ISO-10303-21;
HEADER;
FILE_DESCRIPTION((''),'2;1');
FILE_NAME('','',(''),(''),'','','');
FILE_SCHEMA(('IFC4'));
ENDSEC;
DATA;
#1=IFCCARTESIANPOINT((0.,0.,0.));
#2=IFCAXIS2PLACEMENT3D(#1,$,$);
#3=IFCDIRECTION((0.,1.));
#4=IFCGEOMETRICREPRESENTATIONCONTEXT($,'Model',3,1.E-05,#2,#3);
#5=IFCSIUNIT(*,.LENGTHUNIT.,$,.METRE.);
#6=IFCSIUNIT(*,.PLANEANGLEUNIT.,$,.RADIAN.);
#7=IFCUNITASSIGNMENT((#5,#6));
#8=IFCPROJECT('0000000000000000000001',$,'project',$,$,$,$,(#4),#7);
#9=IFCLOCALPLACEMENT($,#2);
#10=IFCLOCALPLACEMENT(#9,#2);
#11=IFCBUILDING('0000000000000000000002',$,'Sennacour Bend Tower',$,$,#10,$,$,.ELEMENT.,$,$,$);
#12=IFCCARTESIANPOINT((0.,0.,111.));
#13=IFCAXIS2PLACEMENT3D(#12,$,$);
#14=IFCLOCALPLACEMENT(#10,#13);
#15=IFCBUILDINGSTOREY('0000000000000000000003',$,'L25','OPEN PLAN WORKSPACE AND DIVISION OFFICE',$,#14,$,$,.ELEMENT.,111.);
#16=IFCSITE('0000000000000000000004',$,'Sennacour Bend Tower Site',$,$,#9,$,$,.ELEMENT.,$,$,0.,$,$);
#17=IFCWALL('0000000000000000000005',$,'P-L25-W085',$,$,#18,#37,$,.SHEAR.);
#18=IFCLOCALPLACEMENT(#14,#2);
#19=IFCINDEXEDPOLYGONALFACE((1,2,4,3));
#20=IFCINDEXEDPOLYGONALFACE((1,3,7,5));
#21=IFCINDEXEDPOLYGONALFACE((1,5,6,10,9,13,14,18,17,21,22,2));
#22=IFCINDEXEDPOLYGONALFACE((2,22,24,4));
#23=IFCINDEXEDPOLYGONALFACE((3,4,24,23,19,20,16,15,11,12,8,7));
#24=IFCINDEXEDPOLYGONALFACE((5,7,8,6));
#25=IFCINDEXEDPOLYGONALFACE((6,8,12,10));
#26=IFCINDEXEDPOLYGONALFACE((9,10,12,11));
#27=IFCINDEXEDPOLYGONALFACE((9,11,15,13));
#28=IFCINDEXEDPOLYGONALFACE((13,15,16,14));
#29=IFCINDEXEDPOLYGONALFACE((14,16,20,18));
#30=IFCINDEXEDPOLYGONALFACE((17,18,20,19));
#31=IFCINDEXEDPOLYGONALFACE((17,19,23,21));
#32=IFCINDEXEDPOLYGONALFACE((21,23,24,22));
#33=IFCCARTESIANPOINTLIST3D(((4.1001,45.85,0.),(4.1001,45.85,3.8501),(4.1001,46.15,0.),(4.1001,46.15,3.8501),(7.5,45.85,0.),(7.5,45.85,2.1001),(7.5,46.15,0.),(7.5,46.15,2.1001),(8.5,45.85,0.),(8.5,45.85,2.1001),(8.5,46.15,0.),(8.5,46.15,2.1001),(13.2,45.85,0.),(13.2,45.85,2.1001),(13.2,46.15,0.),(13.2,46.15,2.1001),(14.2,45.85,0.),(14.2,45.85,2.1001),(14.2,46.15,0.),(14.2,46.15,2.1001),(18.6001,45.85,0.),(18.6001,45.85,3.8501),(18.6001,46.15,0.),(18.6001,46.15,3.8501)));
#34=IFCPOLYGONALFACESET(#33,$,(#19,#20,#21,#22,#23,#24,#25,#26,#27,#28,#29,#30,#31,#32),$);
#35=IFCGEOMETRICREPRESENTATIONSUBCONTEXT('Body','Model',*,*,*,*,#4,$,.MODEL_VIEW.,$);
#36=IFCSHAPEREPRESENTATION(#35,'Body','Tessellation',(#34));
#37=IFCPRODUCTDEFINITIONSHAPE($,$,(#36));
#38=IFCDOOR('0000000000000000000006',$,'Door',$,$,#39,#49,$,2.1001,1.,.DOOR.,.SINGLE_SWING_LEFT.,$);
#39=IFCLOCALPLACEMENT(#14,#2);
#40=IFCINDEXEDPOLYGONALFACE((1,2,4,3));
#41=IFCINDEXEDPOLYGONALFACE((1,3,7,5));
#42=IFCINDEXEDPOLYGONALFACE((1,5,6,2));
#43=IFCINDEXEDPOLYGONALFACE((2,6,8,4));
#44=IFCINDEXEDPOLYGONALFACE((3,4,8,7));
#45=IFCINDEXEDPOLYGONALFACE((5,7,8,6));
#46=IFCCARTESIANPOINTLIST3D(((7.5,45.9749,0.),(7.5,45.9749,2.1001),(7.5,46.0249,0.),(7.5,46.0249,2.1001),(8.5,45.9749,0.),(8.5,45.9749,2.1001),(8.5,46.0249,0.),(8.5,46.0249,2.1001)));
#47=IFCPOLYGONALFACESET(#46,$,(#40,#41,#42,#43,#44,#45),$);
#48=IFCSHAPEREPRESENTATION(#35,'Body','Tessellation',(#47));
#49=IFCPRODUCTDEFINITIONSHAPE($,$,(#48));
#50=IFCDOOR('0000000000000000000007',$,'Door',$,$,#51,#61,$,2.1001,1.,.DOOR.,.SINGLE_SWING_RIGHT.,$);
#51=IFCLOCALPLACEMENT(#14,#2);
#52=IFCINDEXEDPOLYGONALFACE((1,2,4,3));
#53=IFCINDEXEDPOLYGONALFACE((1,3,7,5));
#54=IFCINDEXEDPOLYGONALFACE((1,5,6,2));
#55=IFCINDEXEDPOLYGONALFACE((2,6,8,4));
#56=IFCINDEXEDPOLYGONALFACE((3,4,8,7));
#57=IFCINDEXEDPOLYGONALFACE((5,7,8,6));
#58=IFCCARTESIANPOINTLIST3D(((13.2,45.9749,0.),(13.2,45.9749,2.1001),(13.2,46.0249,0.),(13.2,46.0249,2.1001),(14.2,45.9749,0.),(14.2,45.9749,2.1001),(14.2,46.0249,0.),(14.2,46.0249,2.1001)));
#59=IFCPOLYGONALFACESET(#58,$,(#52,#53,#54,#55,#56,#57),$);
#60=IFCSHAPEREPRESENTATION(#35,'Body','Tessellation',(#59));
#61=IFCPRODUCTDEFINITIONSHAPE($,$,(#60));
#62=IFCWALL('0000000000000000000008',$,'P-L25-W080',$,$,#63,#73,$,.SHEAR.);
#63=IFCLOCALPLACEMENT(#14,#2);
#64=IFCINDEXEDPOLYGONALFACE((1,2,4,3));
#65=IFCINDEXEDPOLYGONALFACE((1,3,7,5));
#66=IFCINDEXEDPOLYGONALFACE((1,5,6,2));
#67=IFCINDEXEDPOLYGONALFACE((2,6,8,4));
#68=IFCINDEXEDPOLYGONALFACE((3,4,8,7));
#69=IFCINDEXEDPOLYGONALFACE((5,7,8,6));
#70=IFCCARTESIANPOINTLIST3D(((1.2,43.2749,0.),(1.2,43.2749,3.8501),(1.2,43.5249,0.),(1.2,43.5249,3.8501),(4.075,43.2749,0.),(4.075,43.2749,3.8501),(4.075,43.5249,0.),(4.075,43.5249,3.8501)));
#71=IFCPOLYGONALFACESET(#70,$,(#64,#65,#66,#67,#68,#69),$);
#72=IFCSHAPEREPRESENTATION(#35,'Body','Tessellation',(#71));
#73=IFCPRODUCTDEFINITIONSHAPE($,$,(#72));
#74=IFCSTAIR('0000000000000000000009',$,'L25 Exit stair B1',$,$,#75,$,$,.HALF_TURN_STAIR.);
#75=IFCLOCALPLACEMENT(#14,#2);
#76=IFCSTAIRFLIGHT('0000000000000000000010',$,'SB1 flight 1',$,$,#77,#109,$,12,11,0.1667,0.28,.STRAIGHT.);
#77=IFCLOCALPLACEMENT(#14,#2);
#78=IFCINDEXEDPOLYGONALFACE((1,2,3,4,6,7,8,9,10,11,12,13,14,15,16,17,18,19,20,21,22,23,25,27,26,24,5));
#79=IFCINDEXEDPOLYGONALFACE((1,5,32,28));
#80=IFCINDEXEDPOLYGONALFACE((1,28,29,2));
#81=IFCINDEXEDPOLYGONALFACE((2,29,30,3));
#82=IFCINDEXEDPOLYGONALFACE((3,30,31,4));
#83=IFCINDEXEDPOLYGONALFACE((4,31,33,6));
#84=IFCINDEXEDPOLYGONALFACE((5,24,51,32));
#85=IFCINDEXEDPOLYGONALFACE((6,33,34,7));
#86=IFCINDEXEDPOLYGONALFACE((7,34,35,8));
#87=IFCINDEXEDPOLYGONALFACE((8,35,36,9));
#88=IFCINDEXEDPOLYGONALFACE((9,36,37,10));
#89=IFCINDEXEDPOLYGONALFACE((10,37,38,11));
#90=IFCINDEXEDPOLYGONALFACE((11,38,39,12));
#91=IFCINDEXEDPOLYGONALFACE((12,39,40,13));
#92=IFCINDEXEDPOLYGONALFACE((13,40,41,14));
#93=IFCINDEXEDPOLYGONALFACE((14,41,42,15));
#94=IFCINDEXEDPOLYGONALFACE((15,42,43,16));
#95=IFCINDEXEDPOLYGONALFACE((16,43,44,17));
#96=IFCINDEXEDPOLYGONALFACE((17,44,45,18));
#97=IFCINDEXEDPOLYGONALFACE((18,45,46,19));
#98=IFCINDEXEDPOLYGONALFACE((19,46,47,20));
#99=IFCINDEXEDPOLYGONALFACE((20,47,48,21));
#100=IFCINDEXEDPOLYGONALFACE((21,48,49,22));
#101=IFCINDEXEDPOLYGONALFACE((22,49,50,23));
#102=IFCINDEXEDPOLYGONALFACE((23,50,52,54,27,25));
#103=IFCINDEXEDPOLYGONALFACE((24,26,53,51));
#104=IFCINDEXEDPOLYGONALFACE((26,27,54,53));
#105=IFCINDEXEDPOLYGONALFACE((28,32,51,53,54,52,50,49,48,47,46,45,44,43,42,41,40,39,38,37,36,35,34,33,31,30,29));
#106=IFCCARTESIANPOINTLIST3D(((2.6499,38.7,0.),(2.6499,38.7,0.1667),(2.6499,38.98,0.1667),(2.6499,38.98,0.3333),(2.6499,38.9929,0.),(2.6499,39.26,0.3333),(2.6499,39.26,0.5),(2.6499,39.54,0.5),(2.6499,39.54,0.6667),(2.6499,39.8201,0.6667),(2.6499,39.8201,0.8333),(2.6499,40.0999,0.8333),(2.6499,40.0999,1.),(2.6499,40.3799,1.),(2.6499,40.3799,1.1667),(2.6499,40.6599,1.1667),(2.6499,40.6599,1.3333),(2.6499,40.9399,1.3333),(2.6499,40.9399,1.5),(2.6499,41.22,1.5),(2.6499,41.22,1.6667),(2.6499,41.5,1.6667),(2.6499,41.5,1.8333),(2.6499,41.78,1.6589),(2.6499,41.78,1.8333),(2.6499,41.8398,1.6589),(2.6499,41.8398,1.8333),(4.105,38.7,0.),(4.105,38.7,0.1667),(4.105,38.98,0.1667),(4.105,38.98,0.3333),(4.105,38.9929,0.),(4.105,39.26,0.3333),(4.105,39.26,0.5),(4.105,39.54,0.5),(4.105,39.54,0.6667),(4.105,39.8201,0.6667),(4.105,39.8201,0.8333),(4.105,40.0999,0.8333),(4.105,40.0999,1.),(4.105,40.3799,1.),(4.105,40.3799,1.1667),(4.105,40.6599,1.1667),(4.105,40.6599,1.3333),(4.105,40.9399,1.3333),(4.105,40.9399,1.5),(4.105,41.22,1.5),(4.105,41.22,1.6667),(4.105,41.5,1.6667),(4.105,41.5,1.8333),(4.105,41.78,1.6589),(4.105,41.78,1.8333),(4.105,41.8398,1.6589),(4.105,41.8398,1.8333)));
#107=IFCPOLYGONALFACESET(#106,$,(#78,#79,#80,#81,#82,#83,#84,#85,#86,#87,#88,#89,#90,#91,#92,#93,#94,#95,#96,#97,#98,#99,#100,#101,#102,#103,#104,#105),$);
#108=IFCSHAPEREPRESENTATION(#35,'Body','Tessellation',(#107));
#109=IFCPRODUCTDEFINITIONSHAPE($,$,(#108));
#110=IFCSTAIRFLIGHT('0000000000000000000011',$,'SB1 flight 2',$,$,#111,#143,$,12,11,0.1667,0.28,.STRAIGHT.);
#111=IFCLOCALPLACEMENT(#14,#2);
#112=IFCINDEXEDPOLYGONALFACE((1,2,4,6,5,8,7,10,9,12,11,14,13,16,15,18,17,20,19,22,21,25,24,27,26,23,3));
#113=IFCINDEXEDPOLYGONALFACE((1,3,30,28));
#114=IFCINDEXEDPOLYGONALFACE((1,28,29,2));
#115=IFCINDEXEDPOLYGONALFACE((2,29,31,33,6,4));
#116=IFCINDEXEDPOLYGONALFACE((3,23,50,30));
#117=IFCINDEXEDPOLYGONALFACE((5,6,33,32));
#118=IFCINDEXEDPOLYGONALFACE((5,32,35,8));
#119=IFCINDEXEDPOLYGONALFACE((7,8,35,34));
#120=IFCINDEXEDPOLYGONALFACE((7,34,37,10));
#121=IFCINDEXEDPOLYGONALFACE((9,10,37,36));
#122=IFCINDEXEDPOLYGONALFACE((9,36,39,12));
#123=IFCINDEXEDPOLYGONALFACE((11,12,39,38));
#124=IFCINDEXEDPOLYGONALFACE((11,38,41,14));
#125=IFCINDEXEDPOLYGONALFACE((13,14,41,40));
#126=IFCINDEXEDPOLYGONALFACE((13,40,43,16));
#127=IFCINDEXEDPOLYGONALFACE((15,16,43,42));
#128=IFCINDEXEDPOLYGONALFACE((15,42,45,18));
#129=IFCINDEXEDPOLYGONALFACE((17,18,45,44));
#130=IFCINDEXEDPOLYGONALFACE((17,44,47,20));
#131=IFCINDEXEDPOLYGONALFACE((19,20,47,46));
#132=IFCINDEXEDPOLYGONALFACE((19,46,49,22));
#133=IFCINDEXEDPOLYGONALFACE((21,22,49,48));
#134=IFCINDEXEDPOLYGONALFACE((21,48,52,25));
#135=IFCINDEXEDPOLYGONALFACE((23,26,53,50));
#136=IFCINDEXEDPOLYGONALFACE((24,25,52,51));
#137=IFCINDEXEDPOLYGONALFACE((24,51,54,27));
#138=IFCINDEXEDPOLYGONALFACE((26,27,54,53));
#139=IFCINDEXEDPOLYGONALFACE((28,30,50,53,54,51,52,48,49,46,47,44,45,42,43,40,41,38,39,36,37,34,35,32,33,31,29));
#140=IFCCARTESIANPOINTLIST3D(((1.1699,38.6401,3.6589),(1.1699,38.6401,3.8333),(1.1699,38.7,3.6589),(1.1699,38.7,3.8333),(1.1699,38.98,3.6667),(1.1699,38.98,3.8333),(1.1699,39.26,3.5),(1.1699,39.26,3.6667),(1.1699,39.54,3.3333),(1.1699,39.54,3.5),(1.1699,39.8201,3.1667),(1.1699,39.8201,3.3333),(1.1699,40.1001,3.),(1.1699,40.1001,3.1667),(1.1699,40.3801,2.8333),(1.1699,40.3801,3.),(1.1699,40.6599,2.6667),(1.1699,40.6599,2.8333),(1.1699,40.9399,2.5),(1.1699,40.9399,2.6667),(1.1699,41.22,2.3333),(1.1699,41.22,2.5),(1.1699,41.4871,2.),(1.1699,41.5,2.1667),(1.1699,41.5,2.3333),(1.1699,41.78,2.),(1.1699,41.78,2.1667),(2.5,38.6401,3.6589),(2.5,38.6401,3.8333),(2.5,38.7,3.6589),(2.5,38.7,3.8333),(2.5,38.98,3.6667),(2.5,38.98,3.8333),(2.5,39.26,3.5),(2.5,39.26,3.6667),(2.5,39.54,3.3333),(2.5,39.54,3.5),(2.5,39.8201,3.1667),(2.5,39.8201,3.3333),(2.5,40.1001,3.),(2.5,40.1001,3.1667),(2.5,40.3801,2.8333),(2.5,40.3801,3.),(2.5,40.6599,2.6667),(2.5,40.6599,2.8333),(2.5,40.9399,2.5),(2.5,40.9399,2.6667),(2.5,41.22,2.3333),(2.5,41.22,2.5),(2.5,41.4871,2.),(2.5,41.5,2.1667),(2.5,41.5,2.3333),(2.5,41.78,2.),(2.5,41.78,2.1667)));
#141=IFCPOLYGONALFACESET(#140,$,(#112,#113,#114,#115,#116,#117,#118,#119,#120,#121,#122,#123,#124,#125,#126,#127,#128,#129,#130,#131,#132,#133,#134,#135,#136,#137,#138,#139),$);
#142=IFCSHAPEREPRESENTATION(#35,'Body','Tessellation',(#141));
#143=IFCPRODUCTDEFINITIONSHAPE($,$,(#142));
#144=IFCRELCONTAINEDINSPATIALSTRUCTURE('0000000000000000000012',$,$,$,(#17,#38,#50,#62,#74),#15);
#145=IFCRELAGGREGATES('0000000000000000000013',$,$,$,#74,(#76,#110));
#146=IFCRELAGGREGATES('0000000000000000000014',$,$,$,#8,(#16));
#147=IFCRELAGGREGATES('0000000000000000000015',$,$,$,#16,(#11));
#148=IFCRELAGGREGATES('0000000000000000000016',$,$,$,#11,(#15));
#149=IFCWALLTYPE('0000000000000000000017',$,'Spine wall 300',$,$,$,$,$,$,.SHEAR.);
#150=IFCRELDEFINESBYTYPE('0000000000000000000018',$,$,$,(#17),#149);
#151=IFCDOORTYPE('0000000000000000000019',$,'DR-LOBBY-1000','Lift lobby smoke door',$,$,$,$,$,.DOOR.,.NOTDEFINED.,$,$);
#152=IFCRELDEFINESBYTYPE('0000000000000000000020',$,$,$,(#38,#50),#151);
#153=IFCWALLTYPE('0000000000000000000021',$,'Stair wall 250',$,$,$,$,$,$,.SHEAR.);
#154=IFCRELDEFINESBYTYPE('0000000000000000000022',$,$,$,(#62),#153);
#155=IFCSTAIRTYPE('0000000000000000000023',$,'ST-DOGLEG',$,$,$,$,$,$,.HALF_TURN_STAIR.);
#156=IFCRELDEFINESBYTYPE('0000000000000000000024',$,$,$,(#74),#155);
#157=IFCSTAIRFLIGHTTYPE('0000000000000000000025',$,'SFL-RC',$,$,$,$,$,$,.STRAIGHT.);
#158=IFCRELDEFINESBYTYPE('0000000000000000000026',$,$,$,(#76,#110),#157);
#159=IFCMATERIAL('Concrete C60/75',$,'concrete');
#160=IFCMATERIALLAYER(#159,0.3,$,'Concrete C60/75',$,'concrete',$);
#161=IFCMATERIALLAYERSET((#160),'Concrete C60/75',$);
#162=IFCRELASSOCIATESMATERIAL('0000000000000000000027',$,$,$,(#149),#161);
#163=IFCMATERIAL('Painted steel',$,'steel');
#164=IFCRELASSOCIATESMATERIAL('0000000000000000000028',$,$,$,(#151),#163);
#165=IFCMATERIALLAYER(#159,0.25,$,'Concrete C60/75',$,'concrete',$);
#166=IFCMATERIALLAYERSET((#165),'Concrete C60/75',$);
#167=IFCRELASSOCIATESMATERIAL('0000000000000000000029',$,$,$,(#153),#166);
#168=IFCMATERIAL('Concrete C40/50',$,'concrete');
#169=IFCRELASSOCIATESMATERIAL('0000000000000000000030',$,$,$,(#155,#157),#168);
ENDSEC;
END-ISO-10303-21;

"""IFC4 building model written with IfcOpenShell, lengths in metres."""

from ifc_helpers import new_model, si_unit, direction, frame, frame_2d, origin, place, context, subcontext, project, spatial, polyline, rectangle, outline, extrude, material, layer, layer_set, type_object, element, fill, aggregate, save


model = new_model("IFC4")

# Units and contexts
model_context = context("Model", 3, precision=1e-05, world=origin(), true_north=direction((0.0, 1.0)))
body_context = subcontext(model_context, "Body", "Model", "MODEL_VIEW")
ifc_project = project(units=[si_unit("LENGTHUNIT", "METRE"), si_unit("PLANEANGLEUNIT", "RADIAN")], contexts=[model_context])

# Site, building, storey
site_placement = place(None, origin())
site = spatial("IfcSite", under=ifc_project, at=site_placement, Name="Sennacour Bend Tower Site", CompositionType="ELEMENT", RefElevation=0.0)
building_placement = place(site_placement, origin())
building = spatial("IfcBuilding", under=site, at=building_placement, Name="Sennacour Bend Tower", CompositionType="ELEMENT")
storey_placement = place(building_placement, frame((0.0, 0.0, 111.0)))
storey = spatial("IfcBuildingStorey", under=building, at=storey_placement, Name="L25", Description="OPEN PLAN WORKSPACE AND DIVISION OFFICE", CompositionType="ELEMENT", Elevation=111.0)

# Shared definitions
ifc_material_1 = material(Name="Painted steel", Category="steel")

# Wall, openings, doors
ifc_material_2 = material(Name="Concrete C60/75", Category="concrete")
ifc_layer_1 = layer(ifc_material_2, 0.3, Name="Concrete C60/75", Category="concrete")
ifc_layer_set_1 = layer_set([ifc_layer_1], Name="Concrete C60/75")
wall_type_1 = type_object("IfcWallType", Name="Spine wall 300", PredefinedType="SHEAR", material=ifc_layer_set_1)
wall_1_placement = place(storey_placement, frame((4.1001, 46.0, 0.0), z_axis=(0.0, 0.0, 1.0), x_axis=(1.0, 0.0, 0.0)))
wall_1 = element("IfcWall", 1, at=wall_1_placement, inside=storey, type_object=wall_type_1, Name="P-L25-W085", PredefinedType="SHEAR", context=body_context, shape_type="SweptSolid", body=[
    extrude(rectangle(XDim=14.5, YDim=0.3, at=frame_2d((7.25, 0.0))), origin(), (0.0, 0.0, 1.0), 3.8501),
])
opening_1_placement = place(wall_1_placement, frame((3.3999, 0.0, 0.0)))
opening_1 = element("IfcOpeningElement", 2, at=opening_1_placement, cuts=wall_1, PredefinedType="OPENING", context=body_context, shape_type="SweptSolid", body=[
    extrude(rectangle(XDim=1.0, YDim=2.1001, at=frame_2d((0.5, 1.05))), frame((0.0, 0.1602, 0.0), z_axis=(0.0, -1.0, 0.0), x_axis=(1.0, 0.0, 0.0)), (0.0, 0.0, 1.0), 0.3201),
])
opening_2_placement = place(wall_1_placement, frame((9.0999, 0.0, 0.0)))
opening_2 = element("IfcOpeningElement", 3, at=opening_2_placement, cuts=wall_1, PredefinedType="OPENING", context=body_context, shape_type="SweptSolid", body=[
    extrude(rectangle(XDim=1.0, YDim=2.1001, at=frame_2d((0.5, 1.05))), frame((0.0, 0.1602, 0.0), z_axis=(0.0, -1.0, 0.0), x_axis=(1.0, 0.0, 0.0)), (0.0, 0.0, 1.0), 0.3201),
])
door_type_1 = type_object("IfcDoorType", Name="DR-LOBBY-1000", Description="Lift lobby smoke door", OperationType="NOTDEFINED", PredefinedType="DOOR", material=ifc_material_1)
door_1_placement = place(opening_1_placement, origin())
door_1 = element("IfcDoor", 4, at=door_1_placement, inside=storey, type_object=door_type_1, Name="Door", OperationType="SINGLE_SWING_LEFT", OverallHeight=2.1001, OverallWidth=1.0, PredefinedType="DOOR", context=body_context, shape_type="SweptSolid", body=[
    extrude(rectangle(XDim=1.0, YDim=2.1001, at=frame_2d((0.5, 1.05))), frame((0.0, 0.0249, 0.0), z_axis=(0.0, -1.0, 0.0), x_axis=(1.0, 0.0, 0.0)), (0.0, 0.0, 1.0), 0.05),
])
fill(opening_1, door_1)
door_2_placement = place(opening_2_placement, origin())
door_2 = element("IfcDoor", 5, at=door_2_placement, inside=storey, type_object=door_type_1, Name="Door", OperationType="SINGLE_SWING_RIGHT", OverallHeight=2.1001, OverallWidth=1.0, PredefinedType="DOOR", context=body_context, shape_type="SweptSolid", body=[
    extrude(rectangle(XDim=1.0, YDim=2.1001, at=frame_2d((0.5, 1.05))), frame((0.0, 0.0249, 0.0), z_axis=(0.0, -1.0, 0.0), x_axis=(1.0, 0.0, 0.0)), (0.0, 0.0, 1.0), 0.05),
])
fill(opening_2, door_2)

# Wall
ifc_layer_2 = layer(ifc_material_2, 0.25, Name="Concrete C60/75", Category="concrete")
ifc_layer_set_2 = layer_set([ifc_layer_2], Name="Concrete C60/75")
wall_type_2 = type_object("IfcWallType", Name="Stair wall 250", PredefinedType="SHEAR", material=ifc_layer_set_2)
wall_2_placement = place(storey_placement, frame((1.2, 43.3999, 0.0), z_axis=(0.0, 0.0, 1.0), x_axis=(1.0, 0.0, 0.0)))
element("IfcWall", 6, at=wall_2_placement, inside=storey, type_object=wall_type_2, Name="P-L25-W080", PredefinedType="SHEAR", context=body_context, shape_type="SweptSolid", body=[
    extrude(rectangle(XDim=2.875, YDim=0.25, at=frame_2d((1.4375, 0.0))), origin(), (0.0, 0.0, 1.0), 3.8501),
])

# Stair, stair flights
ifc_material_3 = material(Name="Concrete C40/50", Category="concrete")
stair_type = type_object("IfcStairType", Name="ST-DOGLEG", PredefinedType="HALF_TURN_STAIR", material=ifc_material_3)
stair_placement = place(storey_placement, origin())
stair = element("IfcStair", 7, at=stair_placement, inside=storey, type_object=stair_type, Name="L25 Exit stair B1", PredefinedType="HALF_TURN_STAIR")
stair_flight_type = type_object("IfcStairFlightType", Name="SFL-RC", PredefinedType="STRAIGHT", material=ifc_material_3)
stair_flight_1_placement = place(storey_placement, frame((3.3774, 38.7, 0.0), z_axis=(0.0, 0.0, 1.0), x_axis=(0.0, 1.0, 0.0)))
stair_flight_1 = element("IfcStairFlight", 8, at=stair_flight_1_placement, type_object=stair_flight_type, Name="SB1 flight 1", NumberOfRisers=12, NumberOfTreads=11, PredefinedType="STRAIGHT", RiserHeight=0.1667, TreadLength=0.28, context=body_context, shape_type="SweptSolid", body=[
    extrude(outline(polyline([(0.0, 0.0), (0.0, 0.1667), (0.28, 0.1667), (0.28, 0.3333), (0.5601, 0.3333), (0.5601, 0.5), (0.8401, 0.5), (0.8401, 0.6667), (1.1201, 0.6667), (1.1201, 0.8333), (1.3999, 0.8333), (1.3999, 1.0), (1.6799, 1.0), (1.6799, 1.1667), (1.96, 1.1667), (1.96, 1.3333), (2.24, 1.3333), (2.24, 1.5), (2.52, 1.5), (2.52, 1.6667), (2.8, 1.6667), (2.8, 1.8333), (3.0801, 1.8333), (3.1399, 1.8333), (3.1399, 1.6589), (3.0801, 1.6589), (0.293, 0.0), (0.0, 0.0)])), frame((0.0, 0.7275, 0.0), z_axis=(0.0, -1.0, 0.0), x_axis=(1.0, 0.0, 0.0)), (0.0, 0.0, 1.0), 1.4551),
])
stair_flight_2_placement = place(storey_placement, frame((1.835, 41.78, 2.0), z_axis=(0.0, 0.0, 1.0), x_axis=(0.0, -1.0, 0.0)))
stair_flight_2 = element("IfcStairFlight", 9, at=stair_flight_2_placement, type_object=stair_flight_type, Name="SB1 flight 2", NumberOfRisers=12, NumberOfTreads=11, PredefinedType="STRAIGHT", RiserHeight=0.1667, TreadLength=0.28, context=body_context, shape_type="SweptSolid", body=[
    extrude(outline(polyline([(0.0, 0.0), (0.0, 0.1667), (0.28, 0.1667), (0.28, 0.3333), (0.5601, 0.3333), (0.5601, 0.5), (0.8401, 0.5), (0.8401, 0.6667), (1.1201, 0.6667), (1.1201, 0.8333), (1.3999, 0.8333), (1.3999, 1.0), (1.6799, 1.0), (1.6799, 1.1667), (1.96, 1.1667), (1.96, 1.3333), (2.24, 1.3333), (2.24, 1.5), (2.52, 1.5), (2.52, 1.6667), (2.8, 1.6667), (2.8, 1.8333), (3.0801, 1.8333), (3.1399, 1.8333), (3.1399, 1.6589), (3.0801, 1.6589), (0.293, 0.0), (0.0, 0.0)])), frame((0.0, 0.665, 0.0), z_axis=(0.0, -1.0, 0.0), x_axis=(1.0, 0.0, 0.0)), (0.0, 0.0, 1.0), 1.3301),
])
aggregate(stair, [stair_flight_1, stair_flight_2])

save(model, "model.ifc")
